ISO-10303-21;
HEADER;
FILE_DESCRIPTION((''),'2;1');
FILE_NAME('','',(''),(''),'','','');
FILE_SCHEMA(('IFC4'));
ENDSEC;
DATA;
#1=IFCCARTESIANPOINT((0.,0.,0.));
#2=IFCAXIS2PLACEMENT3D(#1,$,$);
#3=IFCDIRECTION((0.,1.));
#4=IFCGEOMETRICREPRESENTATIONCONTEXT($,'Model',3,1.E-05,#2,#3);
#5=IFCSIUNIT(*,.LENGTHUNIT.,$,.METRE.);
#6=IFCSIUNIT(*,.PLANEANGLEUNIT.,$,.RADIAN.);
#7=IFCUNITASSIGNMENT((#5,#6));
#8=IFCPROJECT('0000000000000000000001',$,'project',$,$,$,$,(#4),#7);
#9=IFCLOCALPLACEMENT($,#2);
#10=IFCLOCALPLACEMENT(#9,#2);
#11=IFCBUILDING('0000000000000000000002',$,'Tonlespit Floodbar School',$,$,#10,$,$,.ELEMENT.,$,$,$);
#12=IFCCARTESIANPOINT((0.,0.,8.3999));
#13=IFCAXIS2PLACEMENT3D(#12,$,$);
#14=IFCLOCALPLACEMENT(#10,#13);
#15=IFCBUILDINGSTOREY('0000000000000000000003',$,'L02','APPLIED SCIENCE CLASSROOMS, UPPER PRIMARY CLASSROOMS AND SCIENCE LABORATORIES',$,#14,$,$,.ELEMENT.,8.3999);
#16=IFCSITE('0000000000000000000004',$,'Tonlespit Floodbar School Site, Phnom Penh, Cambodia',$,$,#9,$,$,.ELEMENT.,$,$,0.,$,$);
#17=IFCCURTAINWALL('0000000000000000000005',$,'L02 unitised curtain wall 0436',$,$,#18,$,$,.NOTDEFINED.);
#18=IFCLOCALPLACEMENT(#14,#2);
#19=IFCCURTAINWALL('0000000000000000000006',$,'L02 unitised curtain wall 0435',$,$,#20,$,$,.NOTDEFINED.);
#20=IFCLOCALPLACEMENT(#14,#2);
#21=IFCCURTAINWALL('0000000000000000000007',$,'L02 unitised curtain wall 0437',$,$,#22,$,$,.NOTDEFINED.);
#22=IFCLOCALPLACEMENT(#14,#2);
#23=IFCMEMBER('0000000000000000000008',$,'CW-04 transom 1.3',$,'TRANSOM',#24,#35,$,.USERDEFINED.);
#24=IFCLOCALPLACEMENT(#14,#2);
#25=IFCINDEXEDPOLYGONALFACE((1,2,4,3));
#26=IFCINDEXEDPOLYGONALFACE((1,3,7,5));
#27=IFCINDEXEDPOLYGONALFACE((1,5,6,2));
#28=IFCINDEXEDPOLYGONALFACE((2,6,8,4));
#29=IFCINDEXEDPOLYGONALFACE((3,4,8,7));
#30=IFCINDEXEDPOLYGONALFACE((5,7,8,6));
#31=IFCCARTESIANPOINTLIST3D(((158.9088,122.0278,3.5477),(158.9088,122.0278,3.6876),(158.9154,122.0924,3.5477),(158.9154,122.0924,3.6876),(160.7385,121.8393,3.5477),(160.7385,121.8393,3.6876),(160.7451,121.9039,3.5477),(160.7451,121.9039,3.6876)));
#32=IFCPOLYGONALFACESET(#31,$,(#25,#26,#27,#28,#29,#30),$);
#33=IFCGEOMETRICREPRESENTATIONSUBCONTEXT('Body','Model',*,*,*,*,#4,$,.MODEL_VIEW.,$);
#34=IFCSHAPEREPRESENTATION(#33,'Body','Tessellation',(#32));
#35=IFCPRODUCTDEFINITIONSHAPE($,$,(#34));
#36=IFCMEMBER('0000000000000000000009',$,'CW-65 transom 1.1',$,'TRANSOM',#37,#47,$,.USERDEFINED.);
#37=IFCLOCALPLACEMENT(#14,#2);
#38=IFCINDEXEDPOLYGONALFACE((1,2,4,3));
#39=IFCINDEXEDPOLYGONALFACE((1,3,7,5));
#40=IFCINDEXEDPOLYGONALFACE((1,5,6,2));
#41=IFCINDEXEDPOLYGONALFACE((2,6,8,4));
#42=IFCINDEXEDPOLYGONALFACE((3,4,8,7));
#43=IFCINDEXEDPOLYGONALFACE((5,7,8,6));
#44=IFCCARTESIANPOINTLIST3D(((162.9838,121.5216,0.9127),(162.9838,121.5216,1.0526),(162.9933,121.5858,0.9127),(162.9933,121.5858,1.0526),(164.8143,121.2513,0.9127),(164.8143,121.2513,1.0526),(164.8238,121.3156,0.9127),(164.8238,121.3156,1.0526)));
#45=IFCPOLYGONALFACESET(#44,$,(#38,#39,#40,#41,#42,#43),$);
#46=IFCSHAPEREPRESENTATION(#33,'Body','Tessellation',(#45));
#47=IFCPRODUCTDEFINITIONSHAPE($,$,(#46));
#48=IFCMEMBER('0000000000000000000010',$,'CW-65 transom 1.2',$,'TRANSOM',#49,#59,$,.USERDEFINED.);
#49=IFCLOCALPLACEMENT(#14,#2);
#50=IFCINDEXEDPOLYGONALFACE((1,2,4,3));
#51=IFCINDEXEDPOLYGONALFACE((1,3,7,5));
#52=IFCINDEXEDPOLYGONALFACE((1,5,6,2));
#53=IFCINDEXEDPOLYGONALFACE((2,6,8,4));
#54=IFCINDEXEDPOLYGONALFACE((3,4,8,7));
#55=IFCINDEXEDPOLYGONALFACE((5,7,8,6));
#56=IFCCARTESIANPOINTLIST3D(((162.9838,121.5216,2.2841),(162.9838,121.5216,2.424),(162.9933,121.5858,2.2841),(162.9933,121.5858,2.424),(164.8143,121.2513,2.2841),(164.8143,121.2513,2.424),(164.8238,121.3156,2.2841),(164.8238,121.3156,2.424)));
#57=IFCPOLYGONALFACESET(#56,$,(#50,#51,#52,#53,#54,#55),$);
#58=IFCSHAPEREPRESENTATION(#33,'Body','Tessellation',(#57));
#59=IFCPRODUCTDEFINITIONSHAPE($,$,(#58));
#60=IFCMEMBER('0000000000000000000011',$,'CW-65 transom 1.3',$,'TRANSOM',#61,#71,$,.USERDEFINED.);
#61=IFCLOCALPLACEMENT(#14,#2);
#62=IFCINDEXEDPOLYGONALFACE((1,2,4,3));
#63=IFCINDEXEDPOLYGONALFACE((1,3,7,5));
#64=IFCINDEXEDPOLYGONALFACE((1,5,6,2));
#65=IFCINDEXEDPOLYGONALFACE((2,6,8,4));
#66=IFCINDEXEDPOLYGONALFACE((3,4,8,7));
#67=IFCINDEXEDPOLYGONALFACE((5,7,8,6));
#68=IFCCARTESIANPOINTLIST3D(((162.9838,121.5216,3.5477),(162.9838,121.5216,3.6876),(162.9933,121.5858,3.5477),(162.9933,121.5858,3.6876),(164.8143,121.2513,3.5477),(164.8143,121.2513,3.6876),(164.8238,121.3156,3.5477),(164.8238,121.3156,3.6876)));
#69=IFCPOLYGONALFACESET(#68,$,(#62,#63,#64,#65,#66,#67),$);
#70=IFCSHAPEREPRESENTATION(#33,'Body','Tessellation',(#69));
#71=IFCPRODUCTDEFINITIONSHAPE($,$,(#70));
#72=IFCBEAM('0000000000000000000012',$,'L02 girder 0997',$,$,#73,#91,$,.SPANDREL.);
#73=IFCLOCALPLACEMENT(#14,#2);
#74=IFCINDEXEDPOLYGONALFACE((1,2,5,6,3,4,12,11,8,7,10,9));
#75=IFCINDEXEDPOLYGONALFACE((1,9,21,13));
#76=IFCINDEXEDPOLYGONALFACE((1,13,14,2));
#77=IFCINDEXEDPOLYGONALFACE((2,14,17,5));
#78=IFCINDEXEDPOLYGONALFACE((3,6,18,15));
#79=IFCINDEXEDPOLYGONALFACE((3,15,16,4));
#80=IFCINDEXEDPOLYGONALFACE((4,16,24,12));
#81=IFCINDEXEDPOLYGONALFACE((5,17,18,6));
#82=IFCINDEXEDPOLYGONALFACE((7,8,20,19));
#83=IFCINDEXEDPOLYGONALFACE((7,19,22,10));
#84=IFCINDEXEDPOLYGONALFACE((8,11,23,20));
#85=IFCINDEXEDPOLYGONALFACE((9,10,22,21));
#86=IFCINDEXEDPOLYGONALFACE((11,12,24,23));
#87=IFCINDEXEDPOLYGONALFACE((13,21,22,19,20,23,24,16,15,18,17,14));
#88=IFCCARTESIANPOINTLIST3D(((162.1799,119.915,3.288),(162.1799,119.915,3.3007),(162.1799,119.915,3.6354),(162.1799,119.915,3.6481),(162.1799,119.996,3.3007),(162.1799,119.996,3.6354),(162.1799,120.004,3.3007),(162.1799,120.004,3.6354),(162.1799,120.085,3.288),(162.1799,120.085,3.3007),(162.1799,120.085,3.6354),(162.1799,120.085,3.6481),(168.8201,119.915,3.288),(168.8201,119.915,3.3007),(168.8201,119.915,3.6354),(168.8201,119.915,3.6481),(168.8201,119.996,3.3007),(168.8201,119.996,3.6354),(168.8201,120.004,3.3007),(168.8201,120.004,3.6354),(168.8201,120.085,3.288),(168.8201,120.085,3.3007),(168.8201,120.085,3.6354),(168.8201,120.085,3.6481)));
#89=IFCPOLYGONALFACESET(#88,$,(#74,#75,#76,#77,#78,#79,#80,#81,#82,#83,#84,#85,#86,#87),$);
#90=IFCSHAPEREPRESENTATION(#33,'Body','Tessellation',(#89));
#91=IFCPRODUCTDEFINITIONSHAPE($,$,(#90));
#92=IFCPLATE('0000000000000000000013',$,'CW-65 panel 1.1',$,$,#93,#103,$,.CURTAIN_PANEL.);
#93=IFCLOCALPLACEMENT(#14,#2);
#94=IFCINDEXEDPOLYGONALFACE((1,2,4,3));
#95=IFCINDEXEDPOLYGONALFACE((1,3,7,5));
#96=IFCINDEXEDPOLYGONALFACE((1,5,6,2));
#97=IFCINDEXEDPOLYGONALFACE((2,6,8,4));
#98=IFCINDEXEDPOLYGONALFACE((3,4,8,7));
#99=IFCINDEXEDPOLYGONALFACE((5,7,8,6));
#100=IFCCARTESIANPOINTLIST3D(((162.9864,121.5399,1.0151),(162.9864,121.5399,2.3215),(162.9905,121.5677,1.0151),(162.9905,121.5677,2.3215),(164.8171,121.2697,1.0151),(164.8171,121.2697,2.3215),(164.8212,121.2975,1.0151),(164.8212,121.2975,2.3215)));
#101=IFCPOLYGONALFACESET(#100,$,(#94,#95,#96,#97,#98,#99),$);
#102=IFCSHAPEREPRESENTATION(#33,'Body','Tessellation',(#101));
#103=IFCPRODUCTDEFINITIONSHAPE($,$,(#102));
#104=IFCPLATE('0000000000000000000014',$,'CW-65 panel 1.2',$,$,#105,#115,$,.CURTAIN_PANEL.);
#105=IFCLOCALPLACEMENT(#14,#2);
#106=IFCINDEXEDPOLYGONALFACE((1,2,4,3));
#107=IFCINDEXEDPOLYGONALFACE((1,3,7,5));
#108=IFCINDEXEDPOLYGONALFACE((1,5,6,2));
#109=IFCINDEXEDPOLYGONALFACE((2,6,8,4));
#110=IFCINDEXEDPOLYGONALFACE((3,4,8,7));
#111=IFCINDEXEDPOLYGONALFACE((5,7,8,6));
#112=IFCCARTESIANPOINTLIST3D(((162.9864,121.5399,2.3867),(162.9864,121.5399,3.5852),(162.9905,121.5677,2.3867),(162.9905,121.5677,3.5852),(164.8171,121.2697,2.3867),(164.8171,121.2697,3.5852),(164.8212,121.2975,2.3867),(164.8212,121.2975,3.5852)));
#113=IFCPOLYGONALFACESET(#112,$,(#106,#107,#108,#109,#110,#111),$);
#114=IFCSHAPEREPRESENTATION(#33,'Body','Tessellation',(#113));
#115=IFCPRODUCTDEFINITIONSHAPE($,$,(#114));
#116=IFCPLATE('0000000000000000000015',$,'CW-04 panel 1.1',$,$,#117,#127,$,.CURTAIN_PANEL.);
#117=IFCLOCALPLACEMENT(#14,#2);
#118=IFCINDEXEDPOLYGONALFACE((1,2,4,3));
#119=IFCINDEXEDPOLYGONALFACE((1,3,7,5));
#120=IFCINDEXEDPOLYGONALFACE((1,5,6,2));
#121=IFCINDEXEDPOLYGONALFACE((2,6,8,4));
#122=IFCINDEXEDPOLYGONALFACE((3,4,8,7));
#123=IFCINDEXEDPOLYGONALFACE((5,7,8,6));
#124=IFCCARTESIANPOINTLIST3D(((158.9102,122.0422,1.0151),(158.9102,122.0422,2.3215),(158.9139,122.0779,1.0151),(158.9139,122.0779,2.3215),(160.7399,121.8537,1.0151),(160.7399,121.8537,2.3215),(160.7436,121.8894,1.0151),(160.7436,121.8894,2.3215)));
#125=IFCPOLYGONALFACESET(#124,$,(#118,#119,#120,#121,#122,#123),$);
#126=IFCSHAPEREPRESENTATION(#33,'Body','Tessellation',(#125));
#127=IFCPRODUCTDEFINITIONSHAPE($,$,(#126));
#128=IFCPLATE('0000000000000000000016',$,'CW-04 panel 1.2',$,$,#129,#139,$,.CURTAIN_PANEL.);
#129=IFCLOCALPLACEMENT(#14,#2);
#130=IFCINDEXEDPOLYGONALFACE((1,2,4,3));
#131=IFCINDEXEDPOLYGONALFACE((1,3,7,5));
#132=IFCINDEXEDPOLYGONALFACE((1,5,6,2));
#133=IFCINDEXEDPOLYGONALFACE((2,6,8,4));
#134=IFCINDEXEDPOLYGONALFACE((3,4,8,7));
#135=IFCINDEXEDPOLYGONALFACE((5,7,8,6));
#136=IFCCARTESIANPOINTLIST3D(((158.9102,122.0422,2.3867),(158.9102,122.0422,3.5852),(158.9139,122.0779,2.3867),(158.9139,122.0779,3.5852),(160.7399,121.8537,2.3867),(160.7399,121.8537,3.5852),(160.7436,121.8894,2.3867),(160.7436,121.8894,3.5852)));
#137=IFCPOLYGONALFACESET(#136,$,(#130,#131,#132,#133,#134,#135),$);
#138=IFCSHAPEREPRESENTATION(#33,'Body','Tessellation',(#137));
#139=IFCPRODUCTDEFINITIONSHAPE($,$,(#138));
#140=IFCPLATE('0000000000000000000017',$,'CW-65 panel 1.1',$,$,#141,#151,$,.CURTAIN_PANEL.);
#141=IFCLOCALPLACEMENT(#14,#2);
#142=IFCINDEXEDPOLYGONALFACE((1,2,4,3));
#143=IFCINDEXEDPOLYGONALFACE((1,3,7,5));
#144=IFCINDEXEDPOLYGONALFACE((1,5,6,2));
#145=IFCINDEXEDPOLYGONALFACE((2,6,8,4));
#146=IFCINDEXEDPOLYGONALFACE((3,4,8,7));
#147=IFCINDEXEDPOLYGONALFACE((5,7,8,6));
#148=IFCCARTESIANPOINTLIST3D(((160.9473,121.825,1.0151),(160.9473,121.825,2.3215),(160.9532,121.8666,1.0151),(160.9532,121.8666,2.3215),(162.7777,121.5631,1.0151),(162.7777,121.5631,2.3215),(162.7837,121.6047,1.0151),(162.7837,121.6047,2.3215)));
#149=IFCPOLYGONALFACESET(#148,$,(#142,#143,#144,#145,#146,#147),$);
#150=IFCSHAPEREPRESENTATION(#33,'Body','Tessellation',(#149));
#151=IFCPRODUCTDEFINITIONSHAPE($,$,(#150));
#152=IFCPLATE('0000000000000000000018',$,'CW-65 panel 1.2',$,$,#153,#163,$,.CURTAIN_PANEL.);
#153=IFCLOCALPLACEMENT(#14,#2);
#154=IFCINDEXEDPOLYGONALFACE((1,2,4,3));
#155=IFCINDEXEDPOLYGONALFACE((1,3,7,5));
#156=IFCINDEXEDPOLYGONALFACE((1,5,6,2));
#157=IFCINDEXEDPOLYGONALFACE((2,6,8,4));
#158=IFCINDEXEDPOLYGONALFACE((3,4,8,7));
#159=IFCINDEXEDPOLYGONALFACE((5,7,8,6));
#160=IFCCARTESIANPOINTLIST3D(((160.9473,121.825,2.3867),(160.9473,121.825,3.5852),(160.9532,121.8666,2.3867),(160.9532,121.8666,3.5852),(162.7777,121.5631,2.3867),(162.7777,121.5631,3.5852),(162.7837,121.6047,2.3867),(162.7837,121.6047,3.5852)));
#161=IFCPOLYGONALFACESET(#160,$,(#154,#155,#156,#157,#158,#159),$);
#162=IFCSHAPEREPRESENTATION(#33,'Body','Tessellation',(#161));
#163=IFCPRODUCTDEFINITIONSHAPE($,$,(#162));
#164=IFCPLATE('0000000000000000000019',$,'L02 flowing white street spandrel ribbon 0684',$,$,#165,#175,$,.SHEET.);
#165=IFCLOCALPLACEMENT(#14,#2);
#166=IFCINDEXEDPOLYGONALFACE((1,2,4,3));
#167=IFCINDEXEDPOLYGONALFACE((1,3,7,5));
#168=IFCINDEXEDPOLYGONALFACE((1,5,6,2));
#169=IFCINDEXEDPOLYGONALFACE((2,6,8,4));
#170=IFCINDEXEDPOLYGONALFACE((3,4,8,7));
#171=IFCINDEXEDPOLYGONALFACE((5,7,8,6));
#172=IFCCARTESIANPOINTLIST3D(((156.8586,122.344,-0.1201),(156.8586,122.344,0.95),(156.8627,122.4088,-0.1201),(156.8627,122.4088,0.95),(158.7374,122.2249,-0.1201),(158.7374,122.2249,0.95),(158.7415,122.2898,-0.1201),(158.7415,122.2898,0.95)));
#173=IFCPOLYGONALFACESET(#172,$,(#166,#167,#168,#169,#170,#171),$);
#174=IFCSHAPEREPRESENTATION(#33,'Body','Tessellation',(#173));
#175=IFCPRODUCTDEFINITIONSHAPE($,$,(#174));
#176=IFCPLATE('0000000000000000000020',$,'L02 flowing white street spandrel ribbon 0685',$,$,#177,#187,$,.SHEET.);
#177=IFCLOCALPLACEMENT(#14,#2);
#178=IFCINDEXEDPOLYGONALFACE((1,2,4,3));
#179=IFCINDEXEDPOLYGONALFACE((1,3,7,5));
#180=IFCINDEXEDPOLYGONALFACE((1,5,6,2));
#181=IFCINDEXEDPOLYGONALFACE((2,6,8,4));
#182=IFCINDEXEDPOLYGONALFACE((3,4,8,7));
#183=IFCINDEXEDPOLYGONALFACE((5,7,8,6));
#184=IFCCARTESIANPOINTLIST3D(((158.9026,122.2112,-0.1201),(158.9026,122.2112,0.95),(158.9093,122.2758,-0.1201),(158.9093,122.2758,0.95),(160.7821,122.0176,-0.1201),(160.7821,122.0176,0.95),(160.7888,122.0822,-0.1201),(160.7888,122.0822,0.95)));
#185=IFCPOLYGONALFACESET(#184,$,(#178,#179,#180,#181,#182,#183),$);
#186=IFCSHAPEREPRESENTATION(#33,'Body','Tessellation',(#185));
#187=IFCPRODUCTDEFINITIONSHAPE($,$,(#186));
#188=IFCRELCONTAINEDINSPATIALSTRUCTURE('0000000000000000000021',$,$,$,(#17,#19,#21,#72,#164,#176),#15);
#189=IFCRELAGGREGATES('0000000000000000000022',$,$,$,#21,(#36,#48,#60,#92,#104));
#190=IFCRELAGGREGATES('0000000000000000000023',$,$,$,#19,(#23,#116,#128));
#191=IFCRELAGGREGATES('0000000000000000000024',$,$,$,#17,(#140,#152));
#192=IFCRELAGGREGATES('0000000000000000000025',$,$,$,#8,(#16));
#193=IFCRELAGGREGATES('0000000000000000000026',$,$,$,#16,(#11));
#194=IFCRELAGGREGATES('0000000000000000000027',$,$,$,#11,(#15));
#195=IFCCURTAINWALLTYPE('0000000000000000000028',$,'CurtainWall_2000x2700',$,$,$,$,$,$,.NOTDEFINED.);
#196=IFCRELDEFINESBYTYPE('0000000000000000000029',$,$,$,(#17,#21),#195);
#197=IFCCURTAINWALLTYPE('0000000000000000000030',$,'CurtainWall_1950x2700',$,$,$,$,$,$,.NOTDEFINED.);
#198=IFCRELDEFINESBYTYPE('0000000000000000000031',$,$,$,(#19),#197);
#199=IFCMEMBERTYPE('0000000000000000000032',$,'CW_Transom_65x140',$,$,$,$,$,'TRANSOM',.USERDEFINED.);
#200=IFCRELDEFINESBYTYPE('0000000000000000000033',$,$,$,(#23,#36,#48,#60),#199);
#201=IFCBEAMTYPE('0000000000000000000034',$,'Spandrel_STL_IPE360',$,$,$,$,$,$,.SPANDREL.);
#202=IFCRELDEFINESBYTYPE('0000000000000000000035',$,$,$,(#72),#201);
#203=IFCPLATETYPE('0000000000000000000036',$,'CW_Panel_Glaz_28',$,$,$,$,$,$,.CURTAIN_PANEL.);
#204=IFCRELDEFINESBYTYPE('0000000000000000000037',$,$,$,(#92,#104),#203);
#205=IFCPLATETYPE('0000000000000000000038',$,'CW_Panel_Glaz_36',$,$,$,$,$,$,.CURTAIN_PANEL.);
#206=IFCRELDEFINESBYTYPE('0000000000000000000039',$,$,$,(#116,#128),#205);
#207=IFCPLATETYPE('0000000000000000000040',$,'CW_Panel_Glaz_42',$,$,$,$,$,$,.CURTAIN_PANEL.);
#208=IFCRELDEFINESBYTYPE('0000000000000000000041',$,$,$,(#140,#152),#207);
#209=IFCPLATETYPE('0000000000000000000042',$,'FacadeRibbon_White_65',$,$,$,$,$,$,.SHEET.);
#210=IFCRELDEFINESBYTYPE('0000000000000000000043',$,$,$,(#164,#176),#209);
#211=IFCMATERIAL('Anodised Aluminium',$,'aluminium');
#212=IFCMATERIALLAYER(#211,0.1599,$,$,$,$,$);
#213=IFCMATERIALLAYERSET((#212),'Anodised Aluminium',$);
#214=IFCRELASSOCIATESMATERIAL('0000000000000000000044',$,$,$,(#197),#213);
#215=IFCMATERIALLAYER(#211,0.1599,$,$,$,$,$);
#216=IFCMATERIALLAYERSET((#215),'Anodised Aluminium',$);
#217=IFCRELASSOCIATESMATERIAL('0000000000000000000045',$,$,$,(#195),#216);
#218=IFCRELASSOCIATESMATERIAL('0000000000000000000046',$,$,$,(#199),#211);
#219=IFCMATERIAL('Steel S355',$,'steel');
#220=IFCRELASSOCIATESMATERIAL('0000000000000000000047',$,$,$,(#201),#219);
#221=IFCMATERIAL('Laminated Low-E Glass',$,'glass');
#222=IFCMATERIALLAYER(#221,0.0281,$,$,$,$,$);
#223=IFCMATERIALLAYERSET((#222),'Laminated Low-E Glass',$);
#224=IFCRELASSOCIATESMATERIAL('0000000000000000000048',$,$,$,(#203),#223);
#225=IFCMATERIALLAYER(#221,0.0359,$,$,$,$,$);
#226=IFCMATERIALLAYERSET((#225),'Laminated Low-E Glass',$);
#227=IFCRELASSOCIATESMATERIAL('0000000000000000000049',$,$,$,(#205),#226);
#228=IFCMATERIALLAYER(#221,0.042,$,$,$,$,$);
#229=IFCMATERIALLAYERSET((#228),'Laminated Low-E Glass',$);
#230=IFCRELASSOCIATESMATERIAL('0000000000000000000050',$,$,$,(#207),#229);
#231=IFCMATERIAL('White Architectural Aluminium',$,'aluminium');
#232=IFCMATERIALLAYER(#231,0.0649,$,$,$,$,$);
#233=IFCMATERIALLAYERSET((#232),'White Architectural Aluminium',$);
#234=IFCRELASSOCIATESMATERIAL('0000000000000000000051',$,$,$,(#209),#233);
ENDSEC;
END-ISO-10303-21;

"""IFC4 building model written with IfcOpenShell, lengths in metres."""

from ifc_helpers import new_model, si_unit, direction, frame, origin, origin_2d, place, context, subcontext, project, spatial, rectangle, i_section, extrude, material, layer, layer_set, material_profile, profile_set, type_object, element, aggregate, save


model = new_model("IFC4")

# Units and contexts
model_context = context("Model", 3, precision=1e-05, world=origin(), true_north=direction((0.0, 1.0)))
body_context = subcontext(model_context, "Body", "Model", "MODEL_VIEW")
ifc_project = project(units=[si_unit("LENGTHUNIT", "METRE"), si_unit("PLANEANGLEUNIT", "RADIAN")], contexts=[model_context])

# Site, building, storey
site_placement = place(None, origin())
site = spatial("IfcSite", under=ifc_project, at=site_placement, Name="Tonlespit Floodbar School Site, Phnom Penh, Cambodia", CompositionType="ELEMENT", RefElevation=0.0)
building_placement = place(site_placement, origin())
building = spatial("IfcBuilding", under=site, at=building_placement, Name="Tonlespit Floodbar School", CompositionType="ELEMENT")
storey_placement = place(building_placement, frame((0.0, 0.0, 8.3999)))
storey = spatial("IfcBuildingStorey", under=building, at=storey_placement, Name="L02", Description="APPLIED SCIENCE CLASSROOMS, UPPER PRIMARY CLASSROOMS AND SCIENCE LABORATORIES", CompositionType="ELEMENT", Elevation=8.3999)

# Shared definitions
ifc_material_1 = material(Name="Anodised Aluminium", Category="aluminium")
ifc_layer_1 = layer(ifc_material_1, 0.1599)
ifc_layer_set_1 = layer_set([ifc_layer_1], Name="Anodised Aluminium")
curtain_wall_type_1 = type_object("IfcCurtainWallType", Name="CurtainWall_1950x2700", PredefinedType="NOTDEFINED", material=ifc_layer_set_1)

# Curtain walls
ifc_layer_2 = layer(ifc_material_1, 0.1599)
ifc_layer_set_2 = layer_set([ifc_layer_2], Name="Anodised Aluminium")
curtain_wall_type_2 = type_object("IfcCurtainWallType", Name="CurtainWall_2000x2700", PredefinedType="NOTDEFINED", material=ifc_layer_set_2)
curtain_wall_1_placement = place(storey_placement, origin())
curtain_wall_1 = element("IfcCurtainWall", 1, at=curtain_wall_1_placement, inside=storey, type_object=curtain_wall_type_2, Name="L02 unitised curtain wall 0436", PredefinedType="NOTDEFINED")
curtain_wall_2_placement = place(storey_placement, origin())
curtain_wall_2 = element("IfcCurtainWall", 2, at=curtain_wall_2_placement, inside=storey, type_object=curtain_wall_type_1, Name="L02 unitised curtain wall 0435", PredefinedType="NOTDEFINED")

# Curtain wall
curtain_wall_3_placement = place(storey_placement, origin())
curtain_wall_3 = element("IfcCurtainWall", 3, at=curtain_wall_3_placement, inside=storey, type_object=curtain_wall_type_2, Name="L02 unitised curtain wall 0437", PredefinedType="NOTDEFINED")

# Members
ifc_material_profile_1 = material_profile(ifc_material_1, rectangle(XDim=0.0649, YDim=0.1399, at=origin_2d()), Name="ALU T65x140")
ifc_profile_set_1 = profile_set([ifc_material_profile_1], Name="Anodised Aluminium")
member_type_1 = type_object("IfcMemberType", Name="CW_Transom_65x140", ElementType="TRANSOM", PredefinedType="USERDEFINED", material=ifc_profile_set_1)
member_1_placement = place(storey_placement, frame((158.9121, 122.0601, 3.6177), z_axis=(0.994736, -0.102473, 0.0), x_axis=(0.102473, 0.994736, 0.0)))
member_1 = element("IfcMember", 4, at=member_1_placement, type_object=member_type_1, Name="CW-04 transom 1.3", ObjectType="TRANSOM", PredefinedType="USERDEFINED", context=body_context, shape_type="SweptSolid", body=[
    extrude(rectangle(XDim=0.0649, YDim=0.1399, at=origin_2d()), origin(), (0.0, 0.0, 1.0), 1.8394),
])
member_2_placement = place(storey_placement, frame((162.9885, 121.5537, 0.9827), z_axis=(0.989276, -0.146056, 0.0), x_axis=(0.146056, 0.989276, 0.0)))
member_2 = element("IfcMember", 5, at=member_2_placement, type_object=member_type_1, Name="CW-65 transom 1.1", ObjectType="TRANSOM", PredefinedType="USERDEFINED", context=body_context, shape_type="SweptSolid", body=[
    extrude(rectangle(XDim=0.0649, YDim=0.1399, at=origin_2d()), origin(), (0.0, 0.0, 1.0), 1.8503),
])
member_3_placement = place(storey_placement, frame((162.9885, 121.5537, 2.354), z_axis=(0.989276, -0.146056, 0.0), x_axis=(0.146056, 0.989276, 0.0)))
member_3 = element("IfcMember", 6, at=member_3_placement, type_object=member_type_1, Name="CW-65 transom 1.2", ObjectType="TRANSOM", PredefinedType="USERDEFINED", context=body_context, shape_type="SweptSolid", body=[
    extrude(rectangle(XDim=0.0649, YDim=0.1399, at=origin_2d()), origin(), (0.0, 0.0, 1.0), 1.8503),
])
member_4_placement = place(storey_placement, frame((162.9885, 121.5537, 3.6177), z_axis=(0.989276, -0.146056, 0.0), x_axis=(0.146056, 0.989276, 0.0)))
member_4 = element("IfcMember", 7, at=member_4_placement, type_object=member_type_1, Name="CW-65 transom 1.3", ObjectType="TRANSOM", PredefinedType="USERDEFINED", context=body_context, shape_type="SweptSolid", body=[
    extrude(rectangle(XDim=0.0649, YDim=0.1399, at=origin_2d()), origin(), (0.0, 0.0, 1.0), 1.8503),
])

# Beam
ifc_material_2 = material(Name="Steel S355", Category="steel")
ifc_material_profile_2 = material_profile(ifc_material_2, i_section(OverallWidth=0.1699, OverallDepth=0.3601, WebThickness=0.0081, FlangeThickness=0.0127, at=origin_2d()), Name="IPE 360")
ifc_profile_set_2 = profile_set([ifc_material_profile_2], Name="Steel S355")
beam_type_1 = type_object("IfcBeamType", Name="Spandrel_STL_IPE360", PredefinedType="SPANDREL", material=ifc_profile_set_2)
beam_1_placement = place(storey_placement, frame((162.1799, 120.0, 3.468), z_axis=(1.0, 0.0, 0.0), x_axis=(0.0, 1.0, 0.0)))
element("IfcBeam", 8, at=beam_1_placement, inside=storey, type_object=beam_type_1, Name="L02 girder 0997", PredefinedType="SPANDREL", context=body_context, shape_type="SweptSolid", body=[
    extrude(i_section(OverallWidth=0.1699, OverallDepth=0.3601, WebThickness=0.0081, FlangeThickness=0.0127, at=origin_2d()), origin(), (0.0, 0.0, 1.0), 6.6401),
])

# Plates
ifc_material_3 = material(Name="Laminated Low-E Glass", Category="glass")
ifc_layer_3 = layer(ifc_material_3, 0.0281)
ifc_layer_set_3 = layer_set([ifc_layer_3], Name="Laminated Low-E Glass")
plate_type_1 = type_object("IfcPlateType", Name="CW_Panel_Glaz_28", PredefinedType="CURTAIN_PANEL", material=ifc_layer_set_3)
plate_1_placement = place(storey_placement, frame((163.9038, 121.4187, 1.0151), z_axis=(0.0, 0.0, 1.0), x_axis=(0.989281, -0.146022, 0.0)))
plate_1 = element("IfcPlate", 9, at=plate_1_placement, type_object=plate_type_1, Name="CW-65 panel 1.1", PredefinedType="CURTAIN_PANEL", context=body_context, shape_type="SweptSolid", body=[
    extrude(rectangle(XDim=1.8506, YDim=0.0281, at=origin_2d()), origin(), (0.0, 0.0, 1.0), 1.3064),
])
plate_2_placement = place(storey_placement, frame((163.9038, 121.4187, 2.3867), z_axis=(0.0, 0.0, 1.0), x_axis=(0.989281, -0.146022, 0.0)))
plate_2 = element("IfcPlate", 10, at=plate_2_placement, type_object=plate_type_1, Name="CW-65 panel 1.2", PredefinedType="CURTAIN_PANEL", context=body_context, shape_type="SweptSolid", body=[
    extrude(rectangle(XDim=1.8506, YDim=0.0281, at=origin_2d()), origin(), (0.0, 0.0, 1.0), 1.1985),
])
aggregate(curtain_wall_3, [member_2, member_3, member_4, plate_1, plate_2])
ifc_layer_4 = layer(ifc_material_3, 0.0359)
ifc_layer_set_4 = layer_set([ifc_layer_4], Name="Laminated Low-E Glass")
plate_type_2 = type_object("IfcPlateType", Name="CW_Panel_Glaz_36", PredefinedType="CURTAIN_PANEL", material=ifc_layer_set_4)
plate_3_placement = place(storey_placement, frame((159.8269, 121.9658, 1.0151), z_axis=(0.0, 0.0, 1.0), x_axis=(0.994736, -0.102475, 0.0)))
plate_3 = element("IfcPlate", 11, at=plate_3_placement, type_object=plate_type_2, Name="CW-04 panel 1.1", PredefinedType="CURTAIN_PANEL", context=body_context, shape_type="SweptSolid", body=[
    extrude(rectangle(XDim=1.8394, YDim=0.0359, at=origin_2d()), origin(), (0.0, 0.0, 1.0), 1.3064),
])
plate_4_placement = place(storey_placement, frame((159.8269, 121.9658, 2.3867), z_axis=(0.0, 0.0, 1.0), x_axis=(0.994736, -0.102475, 0.0)))
plate_4 = element("IfcPlate", 12, at=plate_4_placement, type_object=plate_type_2, Name="CW-04 panel 1.2", PredefinedType="CURTAIN_PANEL", context=body_context, shape_type="SweptSolid", body=[
    extrude(rectangle(XDim=1.8394, YDim=0.0359, at=origin_2d()), origin(), (0.0, 0.0, 1.0), 1.1985),
])
aggregate(curtain_wall_2, [member_1, plate_3, plate_4])
ifc_layer_5 = layer(ifc_material_3, 0.042)
ifc_layer_set_5 = layer_set([ifc_layer_5], Name="Laminated Low-E Glass")
plate_type_3 = type_object("IfcPlateType", Name="CW_Panel_Glaz_42", PredefinedType="CURTAIN_PANEL", material=ifc_layer_set_5)
plate_5_placement = place(storey_placement, frame((161.8655, 121.7148, 1.0151), z_axis=(0.0, 0.0, 1.0), x_axis=(0.98992, -0.141626, 0.0)))
plate_5 = element("IfcPlate", 13, at=plate_5_placement, type_object=plate_type_3, Name="CW-65 panel 1.1", PredefinedType="CURTAIN_PANEL", context=body_context, shape_type="SweptSolid", body=[
    extrude(rectangle(XDim=1.8491, YDim=0.042, at=origin_2d()), origin(), (0.0, 0.0, 1.0), 1.3064),
])
plate_6_placement = place(storey_placement, frame((161.8655, 121.7148, 2.3867), z_axis=(0.0, 0.0, 1.0), x_axis=(0.98992, -0.141626, 0.0)))
plate_6 = element("IfcPlate", 14, at=plate_6_placement, type_object=plate_type_3, Name="CW-65 panel 1.2", PredefinedType="CURTAIN_PANEL", context=body_context, shape_type="SweptSolid", body=[
    extrude(rectangle(XDim=1.8491, YDim=0.042, at=origin_2d()), origin(), (0.0, 0.0, 1.0), 1.1985),
])
aggregate(curtain_wall_1, [plate_5, plate_6])

# Plates
ifc_material_4 = material(Name="White Architectural Aluminium", Category="aluminium")
ifc_layer_6 = layer(ifc_material_4, 0.0649)
ifc_layer_set_6 = layer_set([ifc_layer_6], Name="White Architectural Aluminium")
plate_type_4 = type_object("IfcPlateType", Name="FacadeRibbon_White_65", PredefinedType="SHEET", material=ifc_layer_set_6)
plate_7_placement = place(storey_placement, frame((157.8, 122.3169, -0.1201), z_axis=(0.0, 0.0, 1.0), x_axis=(0.997997, -0.063254, 0.0)))
element("IfcPlate", 15, at=plate_7_placement, inside=storey, type_object=plate_type_4, Name="L02 flowing white street spandrel ribbon 0684", PredefinedType="SHEET", context=body_context, shape_type="SweptSolid", body=[
    extrude(rectangle(XDim=1.8826, YDim=0.0649, at=origin_2d()), origin(), (0.0, 0.0, 1.0), 1.0701),
])
plate_8_placement = place(storey_placement, frame((159.8457, 122.1467, -0.1201), z_axis=(0.0, 0.0, 1.0), x_axis=(0.994736, -0.102475, 0.0)))
element("IfcPlate", 16, at=plate_8_placement, inside=storey, type_object=plate_type_4, Name="L02 flowing white street spandrel ribbon 0685", PredefinedType="SHEET", context=body_context, shape_type="SweptSolid", body=[
    extrude(rectangle(XDim=1.8894, YDim=0.0649, at=origin_2d()), origin(), (0.0, 0.0, 1.0), 1.0701),
])

save(model, "model.ifc")
